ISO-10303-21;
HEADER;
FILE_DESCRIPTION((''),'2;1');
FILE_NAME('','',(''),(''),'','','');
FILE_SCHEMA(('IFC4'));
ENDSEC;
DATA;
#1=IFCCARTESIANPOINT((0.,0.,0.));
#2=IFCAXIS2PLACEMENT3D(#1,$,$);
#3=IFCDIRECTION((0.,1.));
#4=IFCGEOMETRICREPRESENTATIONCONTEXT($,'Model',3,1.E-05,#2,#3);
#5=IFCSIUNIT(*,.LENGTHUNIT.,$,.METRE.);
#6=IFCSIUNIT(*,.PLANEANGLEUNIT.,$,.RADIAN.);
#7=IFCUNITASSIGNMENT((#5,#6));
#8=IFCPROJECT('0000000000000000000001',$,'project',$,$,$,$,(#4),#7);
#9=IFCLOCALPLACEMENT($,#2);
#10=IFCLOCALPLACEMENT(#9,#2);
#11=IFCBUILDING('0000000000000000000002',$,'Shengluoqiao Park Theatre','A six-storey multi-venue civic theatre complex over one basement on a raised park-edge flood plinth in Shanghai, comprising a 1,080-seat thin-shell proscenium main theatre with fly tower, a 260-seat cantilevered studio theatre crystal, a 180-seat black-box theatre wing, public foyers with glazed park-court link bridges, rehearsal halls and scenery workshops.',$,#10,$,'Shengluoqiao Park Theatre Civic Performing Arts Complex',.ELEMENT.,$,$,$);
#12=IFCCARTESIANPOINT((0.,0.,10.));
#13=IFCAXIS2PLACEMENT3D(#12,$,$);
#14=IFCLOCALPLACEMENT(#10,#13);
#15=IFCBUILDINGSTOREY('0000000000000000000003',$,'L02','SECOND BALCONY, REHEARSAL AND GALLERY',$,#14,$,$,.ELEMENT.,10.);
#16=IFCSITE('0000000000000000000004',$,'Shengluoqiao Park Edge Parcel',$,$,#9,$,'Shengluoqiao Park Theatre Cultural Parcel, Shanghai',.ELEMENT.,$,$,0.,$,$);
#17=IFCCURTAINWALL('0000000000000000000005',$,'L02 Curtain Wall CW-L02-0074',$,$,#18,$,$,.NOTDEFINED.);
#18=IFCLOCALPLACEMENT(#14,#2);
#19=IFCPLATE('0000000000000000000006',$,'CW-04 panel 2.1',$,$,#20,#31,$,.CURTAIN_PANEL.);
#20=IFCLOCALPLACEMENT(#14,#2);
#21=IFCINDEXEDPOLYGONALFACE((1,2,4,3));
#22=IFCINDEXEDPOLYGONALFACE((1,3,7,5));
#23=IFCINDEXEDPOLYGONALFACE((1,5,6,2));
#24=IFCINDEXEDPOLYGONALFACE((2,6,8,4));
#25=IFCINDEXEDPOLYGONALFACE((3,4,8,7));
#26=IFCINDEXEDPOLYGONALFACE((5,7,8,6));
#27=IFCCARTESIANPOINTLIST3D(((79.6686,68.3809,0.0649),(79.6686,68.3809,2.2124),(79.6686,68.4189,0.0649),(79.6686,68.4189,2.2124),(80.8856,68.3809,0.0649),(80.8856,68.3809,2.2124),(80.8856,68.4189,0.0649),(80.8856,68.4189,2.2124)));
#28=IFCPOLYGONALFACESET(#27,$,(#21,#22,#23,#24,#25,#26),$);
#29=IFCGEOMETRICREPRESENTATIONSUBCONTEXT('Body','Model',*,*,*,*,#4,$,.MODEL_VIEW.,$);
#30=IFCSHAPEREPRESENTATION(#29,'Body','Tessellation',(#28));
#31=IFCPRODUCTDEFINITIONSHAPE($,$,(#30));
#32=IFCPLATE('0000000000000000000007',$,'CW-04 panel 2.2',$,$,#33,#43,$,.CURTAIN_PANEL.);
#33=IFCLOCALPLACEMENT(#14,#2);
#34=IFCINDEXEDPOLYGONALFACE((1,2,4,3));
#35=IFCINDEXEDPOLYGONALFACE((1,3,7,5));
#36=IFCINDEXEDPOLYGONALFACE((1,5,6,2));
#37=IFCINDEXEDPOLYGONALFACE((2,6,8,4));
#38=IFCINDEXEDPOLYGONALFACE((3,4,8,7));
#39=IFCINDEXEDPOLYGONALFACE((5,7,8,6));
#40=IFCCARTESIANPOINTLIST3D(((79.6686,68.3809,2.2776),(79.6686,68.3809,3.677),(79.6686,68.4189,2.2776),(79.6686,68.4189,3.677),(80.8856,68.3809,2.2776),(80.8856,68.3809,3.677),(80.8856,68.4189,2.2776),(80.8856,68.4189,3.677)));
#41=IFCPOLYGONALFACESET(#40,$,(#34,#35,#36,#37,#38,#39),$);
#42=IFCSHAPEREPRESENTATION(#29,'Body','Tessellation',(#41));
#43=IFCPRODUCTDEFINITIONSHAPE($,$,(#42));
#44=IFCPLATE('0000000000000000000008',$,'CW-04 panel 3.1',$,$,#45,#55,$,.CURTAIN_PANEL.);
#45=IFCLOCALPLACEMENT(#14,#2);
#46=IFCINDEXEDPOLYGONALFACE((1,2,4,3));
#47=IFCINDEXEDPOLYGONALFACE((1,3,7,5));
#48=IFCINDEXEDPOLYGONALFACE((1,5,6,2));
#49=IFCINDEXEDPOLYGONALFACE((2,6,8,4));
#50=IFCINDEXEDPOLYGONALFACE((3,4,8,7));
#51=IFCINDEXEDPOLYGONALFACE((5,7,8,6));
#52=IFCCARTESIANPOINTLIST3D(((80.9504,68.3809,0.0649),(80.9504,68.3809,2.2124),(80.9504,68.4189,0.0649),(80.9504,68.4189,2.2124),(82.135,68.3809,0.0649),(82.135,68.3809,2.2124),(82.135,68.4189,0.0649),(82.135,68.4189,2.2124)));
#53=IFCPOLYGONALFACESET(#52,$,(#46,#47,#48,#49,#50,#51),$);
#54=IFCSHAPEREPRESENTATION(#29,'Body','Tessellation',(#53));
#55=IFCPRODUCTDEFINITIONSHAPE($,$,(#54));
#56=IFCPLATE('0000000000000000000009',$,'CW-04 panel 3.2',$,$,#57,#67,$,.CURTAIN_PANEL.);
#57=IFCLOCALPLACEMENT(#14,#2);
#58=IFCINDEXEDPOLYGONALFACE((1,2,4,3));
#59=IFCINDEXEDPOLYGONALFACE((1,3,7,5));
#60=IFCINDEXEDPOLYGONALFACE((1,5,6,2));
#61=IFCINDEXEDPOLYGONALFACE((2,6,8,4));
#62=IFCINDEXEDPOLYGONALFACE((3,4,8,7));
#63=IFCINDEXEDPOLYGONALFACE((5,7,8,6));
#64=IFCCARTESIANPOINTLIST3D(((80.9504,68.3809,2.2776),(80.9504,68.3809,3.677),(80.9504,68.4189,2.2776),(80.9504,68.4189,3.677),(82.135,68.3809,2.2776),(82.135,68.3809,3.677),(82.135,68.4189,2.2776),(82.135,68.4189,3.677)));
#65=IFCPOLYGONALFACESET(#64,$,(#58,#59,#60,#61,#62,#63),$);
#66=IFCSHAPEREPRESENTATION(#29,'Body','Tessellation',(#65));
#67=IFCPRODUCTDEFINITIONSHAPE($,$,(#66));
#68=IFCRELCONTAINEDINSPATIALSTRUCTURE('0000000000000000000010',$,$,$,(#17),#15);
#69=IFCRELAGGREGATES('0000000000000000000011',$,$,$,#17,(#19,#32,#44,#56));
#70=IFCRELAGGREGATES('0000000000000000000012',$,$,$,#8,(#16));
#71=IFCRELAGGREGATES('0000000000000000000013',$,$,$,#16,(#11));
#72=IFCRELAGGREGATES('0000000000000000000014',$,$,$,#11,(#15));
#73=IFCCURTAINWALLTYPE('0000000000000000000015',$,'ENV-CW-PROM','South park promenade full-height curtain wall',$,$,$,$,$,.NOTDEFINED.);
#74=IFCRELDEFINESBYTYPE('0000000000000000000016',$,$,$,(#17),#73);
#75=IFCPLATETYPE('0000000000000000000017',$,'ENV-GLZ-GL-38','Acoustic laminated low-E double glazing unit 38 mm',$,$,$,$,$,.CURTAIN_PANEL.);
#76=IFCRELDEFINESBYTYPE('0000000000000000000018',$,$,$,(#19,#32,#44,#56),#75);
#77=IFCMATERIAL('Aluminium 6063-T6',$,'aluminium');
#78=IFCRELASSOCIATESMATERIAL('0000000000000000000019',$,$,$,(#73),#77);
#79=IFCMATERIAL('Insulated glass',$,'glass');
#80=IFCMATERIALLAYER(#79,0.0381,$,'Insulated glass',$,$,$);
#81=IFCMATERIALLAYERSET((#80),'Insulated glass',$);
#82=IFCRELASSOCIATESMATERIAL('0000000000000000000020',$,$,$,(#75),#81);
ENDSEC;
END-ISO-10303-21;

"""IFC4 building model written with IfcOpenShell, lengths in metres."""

from ifc_helpers import new_model, si_unit, direction, frame, origin, origin_2d, place, context, subcontext, project, spatial, rectangle, extrude, material, layer, layer_set, type_object, element, aggregate, save


model = new_model("IFC4")

# Units and contexts
model_context = context("Model", 3, precision=1e-05, world=origin(), true_north=direction((0.0, 1.0)))
body_context = subcontext(model_context, "Body", "Model", "MODEL_VIEW")
ifc_project = project(units=[si_unit("LENGTHUNIT", "METRE"), si_unit("PLANEANGLEUNIT", "RADIAN")], contexts=[model_context])

# Site, building, storey
site_placement = place(None, origin())
site = spatial("IfcSite", under=ifc_project, at=site_placement, Name="Shengluoqiao Park Edge Parcel", LongName="Shengluoqiao Park Theatre Cultural Parcel, Shanghai", CompositionType="ELEMENT", RefElevation=0.0)
building_placement = place(site_placement, origin())
building = spatial("IfcBuilding", under=site, at=building_placement, Name="Shengluoqiao Park Theatre", Description="A six-storey multi-venue civic theatre complex over one basement on a raised park-edge flood plinth in Shanghai, comprising a 1,080-seat thin-shell proscenium main theatre with fly tower, a 260-seat cantilevered studio theatre crystal, a 180-seat black-box theatre wing, public foyers with glazed park-court link bridges, rehearsal halls and scenery workshops.", LongName="Shengluoqiao Park Theatre Civic Performing Arts Complex", CompositionType="ELEMENT")
storey_placement = place(building_placement, frame((0.0, 0.0, 10.0)))
storey = spatial("IfcBuildingStorey", under=building, at=storey_placement, Name="L02", Description="SECOND BALCONY, REHEARSAL AND GALLERY", CompositionType="ELEMENT", Elevation=10.0)

# Curtain wall
ifc_material_1 = material(Name="Aluminium 6063-T6", Category="aluminium")
curtain_wall_type = type_object("IfcCurtainWallType", Name="ENV-CW-PROM", Description="South park promenade full-height curtain wall", PredefinedType="NOTDEFINED", material=ifc_material_1)
curtain_wall_1_placement = place(storey_placement, origin())
curtain_wall_1 = element("IfcCurtainWall", 1, at=curtain_wall_1_placement, inside=storey, type_object=curtain_wall_type, Name="L02 Curtain Wall CW-L02-0074", PredefinedType="NOTDEFINED")

# Plates
ifc_material_2 = material(Name="Insulated glass", Category="glass")
ifc_layer = layer(ifc_material_2, 0.0381, Name="Insulated glass")
ifc_layer_set = layer_set([ifc_layer], Name="Insulated glass")
plate_type = type_object("IfcPlateType", Name="ENV-GLZ-GL-38", Description="Acoustic laminated low-E double glazing unit 38 mm", PredefinedType="CURTAIN_PANEL", material=ifc_layer_set)
plate_1_placement = place(storey_placement, frame((80.2771, 68.3999, 0.0649), z_axis=(0.0, 0.0, 1.0), x_axis=(1.0, 0.0, 0.0)))
plate_1 = element("IfcPlate", 2, at=plate_1_placement, type_object=plate_type, Name="CW-04 panel 2.1", PredefinedType="CURTAIN_PANEL", context=body_context, shape_type="SweptSolid", body=[
    extrude(rectangle(XDim=1.217, YDim=0.0381, at=origin_2d()), origin(), (0.0, 0.0, 1.0), 2.1475),
])
plate_2_placement = place(storey_placement, frame((80.2771, 68.3999, 2.2776), z_axis=(0.0, 0.0, 1.0), x_axis=(1.0, 0.0, 0.0)))
plate_2 = element("IfcPlate", 3, at=plate_2_placement, type_object=plate_type, Name="CW-04 panel 2.2", PredefinedType="CURTAIN_PANEL", context=body_context, shape_type="SweptSolid", body=[
    extrude(rectangle(XDim=1.217, YDim=0.0381, at=origin_2d()), origin(), (0.0, 0.0, 1.0), 1.3994),
])
plate_3_placement = place(storey_placement, frame((81.5427, 68.3999, 0.0649), z_axis=(0.0, 0.0, 1.0), x_axis=(1.0, 0.0, 0.0)))
plate_3 = element("IfcPlate", 4, at=plate_3_placement, type_object=plate_type, Name="CW-04 panel 3.1", PredefinedType="CURTAIN_PANEL", context=body_context, shape_type="SweptSolid", body=[
    extrude(rectangle(XDim=1.1846, YDim=0.0381, at=origin_2d()), origin(), (0.0, 0.0, 1.0), 2.1475),
])
plate_4_placement = place(storey_placement, frame((81.5427, 68.3999, 2.2776), z_axis=(0.0, 0.0, 1.0), x_axis=(1.0, 0.0, 0.0)))
plate_4 = element("IfcPlate", 5, at=plate_4_placement, type_object=plate_type, Name="CW-04 panel 3.2", PredefinedType="CURTAIN_PANEL", context=body_context, shape_type="SweptSolid", body=[
    extrude(rectangle(XDim=1.1846, YDim=0.0381, at=origin_2d()), origin(), (0.0, 0.0, 1.0), 1.3994),
])
aggregate(curtain_wall_1, [plate_1, plate_2, plate_3, plate_4])

save(model, "model.ifc")
